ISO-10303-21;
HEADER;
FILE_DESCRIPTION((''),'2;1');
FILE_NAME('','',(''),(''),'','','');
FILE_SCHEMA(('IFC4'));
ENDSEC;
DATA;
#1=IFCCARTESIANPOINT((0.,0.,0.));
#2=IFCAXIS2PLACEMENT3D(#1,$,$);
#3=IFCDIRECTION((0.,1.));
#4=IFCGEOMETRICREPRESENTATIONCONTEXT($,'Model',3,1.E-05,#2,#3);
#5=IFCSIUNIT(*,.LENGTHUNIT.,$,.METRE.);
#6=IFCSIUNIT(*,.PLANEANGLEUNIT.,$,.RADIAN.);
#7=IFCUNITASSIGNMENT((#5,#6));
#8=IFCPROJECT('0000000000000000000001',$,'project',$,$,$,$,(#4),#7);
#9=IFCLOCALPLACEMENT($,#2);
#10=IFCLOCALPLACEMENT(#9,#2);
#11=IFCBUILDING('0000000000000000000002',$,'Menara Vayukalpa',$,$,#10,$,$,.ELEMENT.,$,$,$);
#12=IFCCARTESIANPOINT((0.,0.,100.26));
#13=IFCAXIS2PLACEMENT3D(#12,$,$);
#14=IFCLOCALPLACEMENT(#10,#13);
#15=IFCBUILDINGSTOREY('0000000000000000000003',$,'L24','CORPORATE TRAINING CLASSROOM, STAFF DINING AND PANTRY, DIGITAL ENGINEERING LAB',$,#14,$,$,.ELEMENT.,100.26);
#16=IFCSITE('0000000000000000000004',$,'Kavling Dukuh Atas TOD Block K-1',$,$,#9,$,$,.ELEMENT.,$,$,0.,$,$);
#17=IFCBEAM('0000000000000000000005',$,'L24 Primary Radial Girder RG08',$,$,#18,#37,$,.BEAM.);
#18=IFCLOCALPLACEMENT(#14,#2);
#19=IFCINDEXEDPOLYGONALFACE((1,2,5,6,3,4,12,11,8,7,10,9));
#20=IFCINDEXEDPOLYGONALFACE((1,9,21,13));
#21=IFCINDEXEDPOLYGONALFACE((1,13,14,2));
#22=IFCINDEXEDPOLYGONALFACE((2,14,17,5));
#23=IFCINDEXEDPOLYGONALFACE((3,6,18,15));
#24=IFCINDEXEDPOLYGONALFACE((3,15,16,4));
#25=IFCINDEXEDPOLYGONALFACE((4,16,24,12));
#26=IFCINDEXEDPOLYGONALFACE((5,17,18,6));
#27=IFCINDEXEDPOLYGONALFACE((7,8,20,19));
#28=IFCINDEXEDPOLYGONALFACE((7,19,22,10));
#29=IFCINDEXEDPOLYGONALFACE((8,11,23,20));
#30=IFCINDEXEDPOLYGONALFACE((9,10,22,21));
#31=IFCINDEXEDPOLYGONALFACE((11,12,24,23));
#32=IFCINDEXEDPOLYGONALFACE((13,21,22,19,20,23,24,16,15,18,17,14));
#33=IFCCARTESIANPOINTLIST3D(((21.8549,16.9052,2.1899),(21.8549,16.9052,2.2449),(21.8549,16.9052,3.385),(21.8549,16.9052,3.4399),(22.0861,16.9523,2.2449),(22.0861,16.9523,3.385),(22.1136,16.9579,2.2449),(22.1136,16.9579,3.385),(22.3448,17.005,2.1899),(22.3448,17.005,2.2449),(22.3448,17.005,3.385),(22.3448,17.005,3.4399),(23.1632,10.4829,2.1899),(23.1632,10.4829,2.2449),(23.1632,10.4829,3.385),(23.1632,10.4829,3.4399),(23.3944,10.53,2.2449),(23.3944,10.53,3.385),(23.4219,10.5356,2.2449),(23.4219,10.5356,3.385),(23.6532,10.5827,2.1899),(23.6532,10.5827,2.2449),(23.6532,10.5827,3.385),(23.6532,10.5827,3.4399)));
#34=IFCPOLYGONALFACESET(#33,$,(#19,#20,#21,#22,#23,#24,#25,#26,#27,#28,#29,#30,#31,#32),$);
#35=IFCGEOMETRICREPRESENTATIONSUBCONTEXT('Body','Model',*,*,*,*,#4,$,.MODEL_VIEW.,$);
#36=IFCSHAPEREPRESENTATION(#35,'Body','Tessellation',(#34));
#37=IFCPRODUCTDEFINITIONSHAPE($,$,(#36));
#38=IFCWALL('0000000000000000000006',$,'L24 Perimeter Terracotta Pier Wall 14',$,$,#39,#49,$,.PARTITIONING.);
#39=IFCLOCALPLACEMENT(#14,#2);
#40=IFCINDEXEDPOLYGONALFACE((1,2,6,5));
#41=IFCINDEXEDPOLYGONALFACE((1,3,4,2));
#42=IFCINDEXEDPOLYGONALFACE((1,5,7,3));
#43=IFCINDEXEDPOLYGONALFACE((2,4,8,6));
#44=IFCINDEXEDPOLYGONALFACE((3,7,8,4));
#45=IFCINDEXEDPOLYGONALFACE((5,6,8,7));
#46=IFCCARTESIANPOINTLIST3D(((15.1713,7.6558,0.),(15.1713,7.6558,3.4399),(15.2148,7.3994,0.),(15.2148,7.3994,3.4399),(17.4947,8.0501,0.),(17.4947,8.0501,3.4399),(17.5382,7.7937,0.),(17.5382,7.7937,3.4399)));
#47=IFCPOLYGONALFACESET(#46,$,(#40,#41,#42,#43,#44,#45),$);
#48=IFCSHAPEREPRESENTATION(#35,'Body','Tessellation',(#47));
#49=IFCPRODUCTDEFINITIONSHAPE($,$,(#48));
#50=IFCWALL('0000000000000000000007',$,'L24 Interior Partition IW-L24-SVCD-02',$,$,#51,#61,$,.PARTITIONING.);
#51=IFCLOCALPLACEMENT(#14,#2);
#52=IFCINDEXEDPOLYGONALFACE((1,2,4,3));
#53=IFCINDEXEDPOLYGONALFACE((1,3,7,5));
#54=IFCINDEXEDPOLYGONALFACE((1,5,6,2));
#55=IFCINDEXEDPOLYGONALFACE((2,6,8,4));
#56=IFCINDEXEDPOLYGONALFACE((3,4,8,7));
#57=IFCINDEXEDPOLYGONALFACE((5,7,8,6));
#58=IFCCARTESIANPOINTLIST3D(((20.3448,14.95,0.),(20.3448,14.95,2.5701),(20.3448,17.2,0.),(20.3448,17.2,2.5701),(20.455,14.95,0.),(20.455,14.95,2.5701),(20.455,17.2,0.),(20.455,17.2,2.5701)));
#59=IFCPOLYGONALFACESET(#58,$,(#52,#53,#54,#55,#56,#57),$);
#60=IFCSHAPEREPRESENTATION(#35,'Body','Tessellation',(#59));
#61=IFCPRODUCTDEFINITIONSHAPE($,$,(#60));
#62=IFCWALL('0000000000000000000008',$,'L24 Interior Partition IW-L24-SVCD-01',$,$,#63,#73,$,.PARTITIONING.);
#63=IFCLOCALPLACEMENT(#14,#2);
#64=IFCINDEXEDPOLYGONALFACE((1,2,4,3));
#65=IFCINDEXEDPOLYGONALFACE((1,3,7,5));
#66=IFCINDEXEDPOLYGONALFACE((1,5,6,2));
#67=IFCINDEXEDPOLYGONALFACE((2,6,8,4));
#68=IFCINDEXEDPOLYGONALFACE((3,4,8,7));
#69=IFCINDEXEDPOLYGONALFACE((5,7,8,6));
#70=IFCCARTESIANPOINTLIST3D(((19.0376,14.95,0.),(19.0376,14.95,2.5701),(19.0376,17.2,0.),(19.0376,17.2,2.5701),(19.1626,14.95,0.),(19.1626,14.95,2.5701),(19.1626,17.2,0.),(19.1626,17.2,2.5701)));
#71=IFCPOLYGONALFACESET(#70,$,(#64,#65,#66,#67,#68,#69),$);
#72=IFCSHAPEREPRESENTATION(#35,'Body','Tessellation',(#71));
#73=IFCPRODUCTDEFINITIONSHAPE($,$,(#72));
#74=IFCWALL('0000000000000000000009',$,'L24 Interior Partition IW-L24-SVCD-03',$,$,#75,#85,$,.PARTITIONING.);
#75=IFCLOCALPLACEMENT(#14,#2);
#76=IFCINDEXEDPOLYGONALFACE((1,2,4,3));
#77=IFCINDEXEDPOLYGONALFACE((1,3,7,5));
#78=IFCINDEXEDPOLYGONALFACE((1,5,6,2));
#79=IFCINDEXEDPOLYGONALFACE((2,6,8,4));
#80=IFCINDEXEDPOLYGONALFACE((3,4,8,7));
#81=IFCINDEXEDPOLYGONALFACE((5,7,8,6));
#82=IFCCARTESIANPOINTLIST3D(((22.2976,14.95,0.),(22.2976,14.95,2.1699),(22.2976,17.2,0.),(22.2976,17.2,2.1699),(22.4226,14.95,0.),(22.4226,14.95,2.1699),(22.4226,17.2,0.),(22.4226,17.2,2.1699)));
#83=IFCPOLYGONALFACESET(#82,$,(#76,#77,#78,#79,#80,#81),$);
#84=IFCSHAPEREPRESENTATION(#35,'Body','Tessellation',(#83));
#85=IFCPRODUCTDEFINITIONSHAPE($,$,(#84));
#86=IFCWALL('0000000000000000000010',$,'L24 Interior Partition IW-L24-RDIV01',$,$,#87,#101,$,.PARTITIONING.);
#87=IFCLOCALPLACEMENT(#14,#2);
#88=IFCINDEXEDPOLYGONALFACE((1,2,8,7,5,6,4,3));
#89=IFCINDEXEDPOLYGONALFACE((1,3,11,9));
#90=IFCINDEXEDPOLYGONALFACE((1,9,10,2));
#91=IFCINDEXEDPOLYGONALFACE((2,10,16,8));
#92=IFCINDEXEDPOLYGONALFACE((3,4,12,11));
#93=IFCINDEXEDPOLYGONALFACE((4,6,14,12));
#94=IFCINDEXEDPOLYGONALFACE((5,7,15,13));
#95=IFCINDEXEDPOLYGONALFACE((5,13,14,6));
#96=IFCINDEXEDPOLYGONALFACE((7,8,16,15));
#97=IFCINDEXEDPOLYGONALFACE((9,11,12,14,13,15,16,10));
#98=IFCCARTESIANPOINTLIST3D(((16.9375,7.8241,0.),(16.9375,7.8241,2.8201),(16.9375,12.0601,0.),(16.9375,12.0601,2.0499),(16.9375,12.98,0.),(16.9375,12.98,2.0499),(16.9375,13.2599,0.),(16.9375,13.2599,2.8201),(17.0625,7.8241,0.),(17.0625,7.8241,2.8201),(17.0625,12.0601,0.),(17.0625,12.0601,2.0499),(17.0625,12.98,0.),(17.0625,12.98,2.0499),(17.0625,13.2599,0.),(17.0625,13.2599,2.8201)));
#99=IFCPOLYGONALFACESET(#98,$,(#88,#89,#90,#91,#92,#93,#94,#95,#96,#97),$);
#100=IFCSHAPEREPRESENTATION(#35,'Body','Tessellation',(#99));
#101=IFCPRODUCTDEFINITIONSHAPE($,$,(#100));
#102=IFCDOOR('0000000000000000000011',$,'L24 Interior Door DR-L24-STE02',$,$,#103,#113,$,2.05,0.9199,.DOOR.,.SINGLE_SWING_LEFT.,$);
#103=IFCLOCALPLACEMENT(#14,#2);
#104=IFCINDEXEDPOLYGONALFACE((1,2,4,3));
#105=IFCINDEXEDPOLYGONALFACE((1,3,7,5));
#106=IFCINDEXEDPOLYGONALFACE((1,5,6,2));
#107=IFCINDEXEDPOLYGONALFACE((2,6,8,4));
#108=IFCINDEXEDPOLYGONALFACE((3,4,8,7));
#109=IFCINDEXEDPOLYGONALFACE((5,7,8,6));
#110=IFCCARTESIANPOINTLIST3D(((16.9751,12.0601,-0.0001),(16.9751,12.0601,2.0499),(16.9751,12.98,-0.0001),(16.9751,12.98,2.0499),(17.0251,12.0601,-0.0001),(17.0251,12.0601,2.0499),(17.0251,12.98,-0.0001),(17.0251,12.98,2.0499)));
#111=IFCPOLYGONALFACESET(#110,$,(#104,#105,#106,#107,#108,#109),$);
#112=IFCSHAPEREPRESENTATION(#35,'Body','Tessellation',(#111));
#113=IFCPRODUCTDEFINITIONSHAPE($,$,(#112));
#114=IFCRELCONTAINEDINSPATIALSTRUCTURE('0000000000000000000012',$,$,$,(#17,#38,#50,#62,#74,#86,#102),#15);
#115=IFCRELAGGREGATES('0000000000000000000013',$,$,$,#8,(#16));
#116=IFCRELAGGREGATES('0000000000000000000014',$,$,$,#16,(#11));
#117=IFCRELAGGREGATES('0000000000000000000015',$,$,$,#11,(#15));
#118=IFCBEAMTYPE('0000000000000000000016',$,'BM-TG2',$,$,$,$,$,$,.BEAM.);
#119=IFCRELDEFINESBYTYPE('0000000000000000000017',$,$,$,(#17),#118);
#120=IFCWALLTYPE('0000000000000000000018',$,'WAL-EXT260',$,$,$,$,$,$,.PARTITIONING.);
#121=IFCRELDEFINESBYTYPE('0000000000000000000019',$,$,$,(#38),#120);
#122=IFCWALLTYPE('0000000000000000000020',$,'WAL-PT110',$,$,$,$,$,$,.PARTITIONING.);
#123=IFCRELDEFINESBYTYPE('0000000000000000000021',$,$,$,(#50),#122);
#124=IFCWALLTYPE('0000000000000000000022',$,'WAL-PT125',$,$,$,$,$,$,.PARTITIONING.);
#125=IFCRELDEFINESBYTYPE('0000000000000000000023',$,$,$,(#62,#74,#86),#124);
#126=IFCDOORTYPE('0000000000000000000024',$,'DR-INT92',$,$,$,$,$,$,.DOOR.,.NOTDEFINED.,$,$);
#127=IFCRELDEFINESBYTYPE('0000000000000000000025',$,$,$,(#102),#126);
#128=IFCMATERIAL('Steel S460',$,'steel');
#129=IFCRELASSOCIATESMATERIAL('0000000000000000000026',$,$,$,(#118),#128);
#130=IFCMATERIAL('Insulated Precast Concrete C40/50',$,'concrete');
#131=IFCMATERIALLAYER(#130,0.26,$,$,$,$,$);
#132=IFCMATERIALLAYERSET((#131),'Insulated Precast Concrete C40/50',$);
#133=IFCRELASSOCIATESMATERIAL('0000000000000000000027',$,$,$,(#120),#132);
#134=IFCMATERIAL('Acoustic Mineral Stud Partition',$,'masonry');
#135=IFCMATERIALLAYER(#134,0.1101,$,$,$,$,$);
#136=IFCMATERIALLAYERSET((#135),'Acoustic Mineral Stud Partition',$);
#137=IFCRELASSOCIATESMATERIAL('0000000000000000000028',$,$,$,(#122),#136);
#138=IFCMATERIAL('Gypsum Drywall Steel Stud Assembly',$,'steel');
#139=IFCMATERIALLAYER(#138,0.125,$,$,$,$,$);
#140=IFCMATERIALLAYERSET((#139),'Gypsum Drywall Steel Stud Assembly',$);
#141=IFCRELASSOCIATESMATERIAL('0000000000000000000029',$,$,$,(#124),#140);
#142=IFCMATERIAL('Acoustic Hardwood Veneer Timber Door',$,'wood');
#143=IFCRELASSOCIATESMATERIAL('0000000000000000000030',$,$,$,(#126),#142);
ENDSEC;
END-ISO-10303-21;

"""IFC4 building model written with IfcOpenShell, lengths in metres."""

from ifc_helpers import new_model, si_unit, direction, frame, frame_2d, origin, origin_2d, place, context, subcontext, project, spatial, rectangle, i_section, extrude, material, layer, layer_set, material_profile, profile_set, type_object, element, fill, save


model = new_model("IFC4")

# Units and contexts
model_context = context("Model", 3, precision=1e-05, world=origin(), true_north=direction((0.0, 1.0)))
body_context = subcontext(model_context, "Body", "Model", "MODEL_VIEW")
ifc_project = project(units=[si_unit("LENGTHUNIT", "METRE"), si_unit("PLANEANGLEUNIT", "RADIAN")], contexts=[model_context])

# Site, building, storey
site_placement = place(None, origin())
site = spatial("IfcSite", under=ifc_project, at=site_placement, Name="Kavling Dukuh Atas TOD Block K-1", CompositionType="ELEMENT", RefElevation=0.0)
building_placement = place(site_placement, origin())
building = spatial("IfcBuilding", under=site, at=building_placement, Name="Menara Vayukalpa", CompositionType="ELEMENT")
storey_placement = place(building_placement, frame((0.0, 0.0, 100.26)))
storey = spatial("IfcBuildingStorey", under=building, at=storey_placement, Name="L24", Description="CORPORATE TRAINING CLASSROOM, STAFF DINING AND PANTRY, DIGITAL ENGINEERING LAB", CompositionType="ELEMENT", Elevation=100.26)

# Beam
ifc_material_1 = material(Name="Steel S460", Category="steel")
ifc_material_profile_1 = material_profile(ifc_material_1, i_section(OverallWidth=0.5, OverallDepth=1.25, WebThickness=0.0281, FlangeThickness=0.0549, at=origin_2d()), Name="WG 1250x500x28x55")
ifc_profile_set_1 = profile_set([ifc_material_profile_1], Name="Steel S460")
beam_type_1 = type_object("IfcBeamType", Name="BM-TG2", PredefinedType="BEAM", material=ifc_profile_set_1)
beam_1_placement = place(storey_placement, frame((22.0999, 16.9551, 2.8149), z_axis=(0.199618, -0.979874, 0.0), x_axis=(0.979874, 0.199618, 0.0)))
element("IfcBeam", 1, at=beam_1_placement, inside=storey, type_object=beam_type_1, Name="L24 Primary Radial Girder RG08", PredefinedType="BEAM", context=body_context, shape_type="SweptSolid", body=[
    extrude(i_section(OverallWidth=0.5, OverallDepth=1.25, WebThickness=0.0281, FlangeThickness=0.0549, at=origin_2d()), origin(), (0.0, 0.0, 1.0), 6.5542),
])

# Walls
ifc_material_2 = material(Name="Insulated Precast Concrete C40/50", Category="concrete")
ifc_layer_1 = layer(ifc_material_2, 0.26)
ifc_layer_set_1 = layer_set([ifc_layer_1], Name="Insulated Precast Concrete C40/50")
wall_type_1 = type_object("IfcWallType", Name="WAL-EXT260", PredefinedType="PARTITIONING", material=ifc_layer_set_1)
wall_1_placement = place(storey_placement, frame((17.5164, 7.9219, 0.0), z_axis=(0.0, 0.0, 1.0), x_axis=(-0.985905, -0.167305, 0.0)))
element("IfcWall", 2, at=wall_1_placement, inside=storey, type_object=wall_type_1, Name="L24 Perimeter Terracotta Pier Wall 14", PredefinedType="PARTITIONING", context=body_context, shape_type="SweptSolid", body=[
    extrude(rectangle(XDim=2.3567, YDim=0.26, at=frame_2d((1.1782, 0.0))), origin(), (0.0, 0.0, 1.0), 3.4399),
])
ifc_material_3 = material(Name="Acoustic Mineral Stud Partition", Category="masonry")
ifc_layer_2 = layer(ifc_material_3, 0.1101)
ifc_layer_set_2 = layer_set([ifc_layer_2], Name="Acoustic Mineral Stud Partition")
wall_type_2 = type_object("IfcWallType", Name="WAL-PT110", PredefinedType="PARTITIONING", material=ifc_layer_set_2)
wall_2_placement = place(storey_placement, frame((20.3999, 14.95, 0.0), z_axis=(0.0, 0.0, 1.0), x_axis=(0.0, 1.0, 0.0)))
element("IfcWall", 3, at=wall_2_placement, inside=storey, type_object=wall_type_2, Name="L24 Interior Partition IW-L24-SVCD-02", PredefinedType="PARTITIONING", context=body_context, shape_type="SweptSolid", body=[
    extrude(rectangle(XDim=2.25, YDim=0.1101, at=frame_2d((1.125, 0.0))), origin(), (0.0, 0.0, 1.0), 2.5701),
])
ifc_material_4 = material(Name="Gypsum Drywall Steel Stud Assembly", Category="steel")
ifc_layer_3 = layer(ifc_material_4, 0.125)
ifc_layer_set_3 = layer_set([ifc_layer_3], Name="Gypsum Drywall Steel Stud Assembly")
wall_type_3 = type_object("IfcWallType", Name="WAL-PT125", PredefinedType="PARTITIONING", material=ifc_layer_set_3)
wall_3_placement = place(storey_placement, frame((19.1001, 14.95, 0.0), z_axis=(0.0, 0.0, 1.0), x_axis=(0.0, 1.0, 0.0)))
element("IfcWall", 4, at=wall_3_placement, inside=storey, type_object=wall_type_3, Name="L24 Interior Partition IW-L24-SVCD-01", PredefinedType="PARTITIONING", context=body_context, shape_type="SweptSolid", body=[
    extrude(rectangle(XDim=2.25, YDim=0.125, at=frame_2d((1.125, 0.0))), origin(), (0.0, 0.0, 1.0), 2.5701),
])
wall_4_placement = place(storey_placement, frame((22.3601, 14.95, 0.0), z_axis=(0.0, 0.0, 1.0), x_axis=(0.0, 1.0, 0.0)))
element("IfcWall", 5, at=wall_4_placement, inside=storey, type_object=wall_type_3, Name="L24 Interior Partition IW-L24-SVCD-03", PredefinedType="PARTITIONING", context=body_context, shape_type="SweptSolid", body=[
    extrude(rectangle(XDim=2.25, YDim=0.125, at=frame_2d((1.125, 0.0))), origin(), (0.0, 0.0, 1.0), 2.1699),
])

# Wall, opening, door
wall_5_placement = place(storey_placement, frame((17.0, 7.8242, 0.0), z_axis=(0.0, 0.0, 1.0), x_axis=(0.0, 1.0, 0.0)))
wall_5 = element("IfcWall", 6, at=wall_5_placement, inside=storey, type_object=wall_type_3, Name="L24 Interior Partition IW-L24-RDIV01", PredefinedType="PARTITIONING", context=body_context, shape_type="SweptSolid", body=[
    extrude(rectangle(XDim=5.4358, YDim=0.125, at=frame_2d((2.7178, 0.0))), origin(), (0.0, 0.0, 1.0), 2.8201),
])
opening_1_placement = place(wall_5_placement, frame((4.2358, 0.0, 0.0)))
opening_1 = element("IfcOpeningElement", 7, at=opening_1_placement, cuts=wall_5, PredefinedType="OPENING", context=body_context, shape_type="SweptSolid", body=[
    extrude(rectangle(XDim=0.9199, YDim=2.05, at=frame_2d((0.46, 1.0249))), frame((0.0, 0.0725, 0.0), z_axis=(0.0, -1.0, 0.0), x_axis=(1.0, 0.0, 0.0)), (0.0, 0.0, 1.0), 0.145),
])
ifc_material_5 = material(Name="Acoustic Hardwood Veneer Timber Door", Category="wood")
door_type_1 = type_object("IfcDoorType", Name="DR-INT92", OperationType="NOTDEFINED", PredefinedType="DOOR", material=ifc_material_5)
door_1_placement = place(opening_1_placement, origin())
door_1 = element("IfcDoor", 8, at=door_1_placement, inside=storey, type_object=door_type_1, Name="L24 Interior Door DR-L24-STE02", OperationType="SINGLE_SWING_LEFT", OverallHeight=2.05, OverallWidth=0.9199, PredefinedType="DOOR", context=body_context, shape_type="SweptSolid", body=[
    extrude(rectangle(XDim=0.9199, YDim=2.05, at=frame_2d((0.46, 1.0249))), frame((0.0, 0.0249, 0.0), z_axis=(0.0, -1.0, 0.0), x_axis=(1.0, 0.0, 0.0)), (0.0, 0.0, 1.0), 0.05),
])
fill(opening_1, door_1)

save(model, "model.ifc")
